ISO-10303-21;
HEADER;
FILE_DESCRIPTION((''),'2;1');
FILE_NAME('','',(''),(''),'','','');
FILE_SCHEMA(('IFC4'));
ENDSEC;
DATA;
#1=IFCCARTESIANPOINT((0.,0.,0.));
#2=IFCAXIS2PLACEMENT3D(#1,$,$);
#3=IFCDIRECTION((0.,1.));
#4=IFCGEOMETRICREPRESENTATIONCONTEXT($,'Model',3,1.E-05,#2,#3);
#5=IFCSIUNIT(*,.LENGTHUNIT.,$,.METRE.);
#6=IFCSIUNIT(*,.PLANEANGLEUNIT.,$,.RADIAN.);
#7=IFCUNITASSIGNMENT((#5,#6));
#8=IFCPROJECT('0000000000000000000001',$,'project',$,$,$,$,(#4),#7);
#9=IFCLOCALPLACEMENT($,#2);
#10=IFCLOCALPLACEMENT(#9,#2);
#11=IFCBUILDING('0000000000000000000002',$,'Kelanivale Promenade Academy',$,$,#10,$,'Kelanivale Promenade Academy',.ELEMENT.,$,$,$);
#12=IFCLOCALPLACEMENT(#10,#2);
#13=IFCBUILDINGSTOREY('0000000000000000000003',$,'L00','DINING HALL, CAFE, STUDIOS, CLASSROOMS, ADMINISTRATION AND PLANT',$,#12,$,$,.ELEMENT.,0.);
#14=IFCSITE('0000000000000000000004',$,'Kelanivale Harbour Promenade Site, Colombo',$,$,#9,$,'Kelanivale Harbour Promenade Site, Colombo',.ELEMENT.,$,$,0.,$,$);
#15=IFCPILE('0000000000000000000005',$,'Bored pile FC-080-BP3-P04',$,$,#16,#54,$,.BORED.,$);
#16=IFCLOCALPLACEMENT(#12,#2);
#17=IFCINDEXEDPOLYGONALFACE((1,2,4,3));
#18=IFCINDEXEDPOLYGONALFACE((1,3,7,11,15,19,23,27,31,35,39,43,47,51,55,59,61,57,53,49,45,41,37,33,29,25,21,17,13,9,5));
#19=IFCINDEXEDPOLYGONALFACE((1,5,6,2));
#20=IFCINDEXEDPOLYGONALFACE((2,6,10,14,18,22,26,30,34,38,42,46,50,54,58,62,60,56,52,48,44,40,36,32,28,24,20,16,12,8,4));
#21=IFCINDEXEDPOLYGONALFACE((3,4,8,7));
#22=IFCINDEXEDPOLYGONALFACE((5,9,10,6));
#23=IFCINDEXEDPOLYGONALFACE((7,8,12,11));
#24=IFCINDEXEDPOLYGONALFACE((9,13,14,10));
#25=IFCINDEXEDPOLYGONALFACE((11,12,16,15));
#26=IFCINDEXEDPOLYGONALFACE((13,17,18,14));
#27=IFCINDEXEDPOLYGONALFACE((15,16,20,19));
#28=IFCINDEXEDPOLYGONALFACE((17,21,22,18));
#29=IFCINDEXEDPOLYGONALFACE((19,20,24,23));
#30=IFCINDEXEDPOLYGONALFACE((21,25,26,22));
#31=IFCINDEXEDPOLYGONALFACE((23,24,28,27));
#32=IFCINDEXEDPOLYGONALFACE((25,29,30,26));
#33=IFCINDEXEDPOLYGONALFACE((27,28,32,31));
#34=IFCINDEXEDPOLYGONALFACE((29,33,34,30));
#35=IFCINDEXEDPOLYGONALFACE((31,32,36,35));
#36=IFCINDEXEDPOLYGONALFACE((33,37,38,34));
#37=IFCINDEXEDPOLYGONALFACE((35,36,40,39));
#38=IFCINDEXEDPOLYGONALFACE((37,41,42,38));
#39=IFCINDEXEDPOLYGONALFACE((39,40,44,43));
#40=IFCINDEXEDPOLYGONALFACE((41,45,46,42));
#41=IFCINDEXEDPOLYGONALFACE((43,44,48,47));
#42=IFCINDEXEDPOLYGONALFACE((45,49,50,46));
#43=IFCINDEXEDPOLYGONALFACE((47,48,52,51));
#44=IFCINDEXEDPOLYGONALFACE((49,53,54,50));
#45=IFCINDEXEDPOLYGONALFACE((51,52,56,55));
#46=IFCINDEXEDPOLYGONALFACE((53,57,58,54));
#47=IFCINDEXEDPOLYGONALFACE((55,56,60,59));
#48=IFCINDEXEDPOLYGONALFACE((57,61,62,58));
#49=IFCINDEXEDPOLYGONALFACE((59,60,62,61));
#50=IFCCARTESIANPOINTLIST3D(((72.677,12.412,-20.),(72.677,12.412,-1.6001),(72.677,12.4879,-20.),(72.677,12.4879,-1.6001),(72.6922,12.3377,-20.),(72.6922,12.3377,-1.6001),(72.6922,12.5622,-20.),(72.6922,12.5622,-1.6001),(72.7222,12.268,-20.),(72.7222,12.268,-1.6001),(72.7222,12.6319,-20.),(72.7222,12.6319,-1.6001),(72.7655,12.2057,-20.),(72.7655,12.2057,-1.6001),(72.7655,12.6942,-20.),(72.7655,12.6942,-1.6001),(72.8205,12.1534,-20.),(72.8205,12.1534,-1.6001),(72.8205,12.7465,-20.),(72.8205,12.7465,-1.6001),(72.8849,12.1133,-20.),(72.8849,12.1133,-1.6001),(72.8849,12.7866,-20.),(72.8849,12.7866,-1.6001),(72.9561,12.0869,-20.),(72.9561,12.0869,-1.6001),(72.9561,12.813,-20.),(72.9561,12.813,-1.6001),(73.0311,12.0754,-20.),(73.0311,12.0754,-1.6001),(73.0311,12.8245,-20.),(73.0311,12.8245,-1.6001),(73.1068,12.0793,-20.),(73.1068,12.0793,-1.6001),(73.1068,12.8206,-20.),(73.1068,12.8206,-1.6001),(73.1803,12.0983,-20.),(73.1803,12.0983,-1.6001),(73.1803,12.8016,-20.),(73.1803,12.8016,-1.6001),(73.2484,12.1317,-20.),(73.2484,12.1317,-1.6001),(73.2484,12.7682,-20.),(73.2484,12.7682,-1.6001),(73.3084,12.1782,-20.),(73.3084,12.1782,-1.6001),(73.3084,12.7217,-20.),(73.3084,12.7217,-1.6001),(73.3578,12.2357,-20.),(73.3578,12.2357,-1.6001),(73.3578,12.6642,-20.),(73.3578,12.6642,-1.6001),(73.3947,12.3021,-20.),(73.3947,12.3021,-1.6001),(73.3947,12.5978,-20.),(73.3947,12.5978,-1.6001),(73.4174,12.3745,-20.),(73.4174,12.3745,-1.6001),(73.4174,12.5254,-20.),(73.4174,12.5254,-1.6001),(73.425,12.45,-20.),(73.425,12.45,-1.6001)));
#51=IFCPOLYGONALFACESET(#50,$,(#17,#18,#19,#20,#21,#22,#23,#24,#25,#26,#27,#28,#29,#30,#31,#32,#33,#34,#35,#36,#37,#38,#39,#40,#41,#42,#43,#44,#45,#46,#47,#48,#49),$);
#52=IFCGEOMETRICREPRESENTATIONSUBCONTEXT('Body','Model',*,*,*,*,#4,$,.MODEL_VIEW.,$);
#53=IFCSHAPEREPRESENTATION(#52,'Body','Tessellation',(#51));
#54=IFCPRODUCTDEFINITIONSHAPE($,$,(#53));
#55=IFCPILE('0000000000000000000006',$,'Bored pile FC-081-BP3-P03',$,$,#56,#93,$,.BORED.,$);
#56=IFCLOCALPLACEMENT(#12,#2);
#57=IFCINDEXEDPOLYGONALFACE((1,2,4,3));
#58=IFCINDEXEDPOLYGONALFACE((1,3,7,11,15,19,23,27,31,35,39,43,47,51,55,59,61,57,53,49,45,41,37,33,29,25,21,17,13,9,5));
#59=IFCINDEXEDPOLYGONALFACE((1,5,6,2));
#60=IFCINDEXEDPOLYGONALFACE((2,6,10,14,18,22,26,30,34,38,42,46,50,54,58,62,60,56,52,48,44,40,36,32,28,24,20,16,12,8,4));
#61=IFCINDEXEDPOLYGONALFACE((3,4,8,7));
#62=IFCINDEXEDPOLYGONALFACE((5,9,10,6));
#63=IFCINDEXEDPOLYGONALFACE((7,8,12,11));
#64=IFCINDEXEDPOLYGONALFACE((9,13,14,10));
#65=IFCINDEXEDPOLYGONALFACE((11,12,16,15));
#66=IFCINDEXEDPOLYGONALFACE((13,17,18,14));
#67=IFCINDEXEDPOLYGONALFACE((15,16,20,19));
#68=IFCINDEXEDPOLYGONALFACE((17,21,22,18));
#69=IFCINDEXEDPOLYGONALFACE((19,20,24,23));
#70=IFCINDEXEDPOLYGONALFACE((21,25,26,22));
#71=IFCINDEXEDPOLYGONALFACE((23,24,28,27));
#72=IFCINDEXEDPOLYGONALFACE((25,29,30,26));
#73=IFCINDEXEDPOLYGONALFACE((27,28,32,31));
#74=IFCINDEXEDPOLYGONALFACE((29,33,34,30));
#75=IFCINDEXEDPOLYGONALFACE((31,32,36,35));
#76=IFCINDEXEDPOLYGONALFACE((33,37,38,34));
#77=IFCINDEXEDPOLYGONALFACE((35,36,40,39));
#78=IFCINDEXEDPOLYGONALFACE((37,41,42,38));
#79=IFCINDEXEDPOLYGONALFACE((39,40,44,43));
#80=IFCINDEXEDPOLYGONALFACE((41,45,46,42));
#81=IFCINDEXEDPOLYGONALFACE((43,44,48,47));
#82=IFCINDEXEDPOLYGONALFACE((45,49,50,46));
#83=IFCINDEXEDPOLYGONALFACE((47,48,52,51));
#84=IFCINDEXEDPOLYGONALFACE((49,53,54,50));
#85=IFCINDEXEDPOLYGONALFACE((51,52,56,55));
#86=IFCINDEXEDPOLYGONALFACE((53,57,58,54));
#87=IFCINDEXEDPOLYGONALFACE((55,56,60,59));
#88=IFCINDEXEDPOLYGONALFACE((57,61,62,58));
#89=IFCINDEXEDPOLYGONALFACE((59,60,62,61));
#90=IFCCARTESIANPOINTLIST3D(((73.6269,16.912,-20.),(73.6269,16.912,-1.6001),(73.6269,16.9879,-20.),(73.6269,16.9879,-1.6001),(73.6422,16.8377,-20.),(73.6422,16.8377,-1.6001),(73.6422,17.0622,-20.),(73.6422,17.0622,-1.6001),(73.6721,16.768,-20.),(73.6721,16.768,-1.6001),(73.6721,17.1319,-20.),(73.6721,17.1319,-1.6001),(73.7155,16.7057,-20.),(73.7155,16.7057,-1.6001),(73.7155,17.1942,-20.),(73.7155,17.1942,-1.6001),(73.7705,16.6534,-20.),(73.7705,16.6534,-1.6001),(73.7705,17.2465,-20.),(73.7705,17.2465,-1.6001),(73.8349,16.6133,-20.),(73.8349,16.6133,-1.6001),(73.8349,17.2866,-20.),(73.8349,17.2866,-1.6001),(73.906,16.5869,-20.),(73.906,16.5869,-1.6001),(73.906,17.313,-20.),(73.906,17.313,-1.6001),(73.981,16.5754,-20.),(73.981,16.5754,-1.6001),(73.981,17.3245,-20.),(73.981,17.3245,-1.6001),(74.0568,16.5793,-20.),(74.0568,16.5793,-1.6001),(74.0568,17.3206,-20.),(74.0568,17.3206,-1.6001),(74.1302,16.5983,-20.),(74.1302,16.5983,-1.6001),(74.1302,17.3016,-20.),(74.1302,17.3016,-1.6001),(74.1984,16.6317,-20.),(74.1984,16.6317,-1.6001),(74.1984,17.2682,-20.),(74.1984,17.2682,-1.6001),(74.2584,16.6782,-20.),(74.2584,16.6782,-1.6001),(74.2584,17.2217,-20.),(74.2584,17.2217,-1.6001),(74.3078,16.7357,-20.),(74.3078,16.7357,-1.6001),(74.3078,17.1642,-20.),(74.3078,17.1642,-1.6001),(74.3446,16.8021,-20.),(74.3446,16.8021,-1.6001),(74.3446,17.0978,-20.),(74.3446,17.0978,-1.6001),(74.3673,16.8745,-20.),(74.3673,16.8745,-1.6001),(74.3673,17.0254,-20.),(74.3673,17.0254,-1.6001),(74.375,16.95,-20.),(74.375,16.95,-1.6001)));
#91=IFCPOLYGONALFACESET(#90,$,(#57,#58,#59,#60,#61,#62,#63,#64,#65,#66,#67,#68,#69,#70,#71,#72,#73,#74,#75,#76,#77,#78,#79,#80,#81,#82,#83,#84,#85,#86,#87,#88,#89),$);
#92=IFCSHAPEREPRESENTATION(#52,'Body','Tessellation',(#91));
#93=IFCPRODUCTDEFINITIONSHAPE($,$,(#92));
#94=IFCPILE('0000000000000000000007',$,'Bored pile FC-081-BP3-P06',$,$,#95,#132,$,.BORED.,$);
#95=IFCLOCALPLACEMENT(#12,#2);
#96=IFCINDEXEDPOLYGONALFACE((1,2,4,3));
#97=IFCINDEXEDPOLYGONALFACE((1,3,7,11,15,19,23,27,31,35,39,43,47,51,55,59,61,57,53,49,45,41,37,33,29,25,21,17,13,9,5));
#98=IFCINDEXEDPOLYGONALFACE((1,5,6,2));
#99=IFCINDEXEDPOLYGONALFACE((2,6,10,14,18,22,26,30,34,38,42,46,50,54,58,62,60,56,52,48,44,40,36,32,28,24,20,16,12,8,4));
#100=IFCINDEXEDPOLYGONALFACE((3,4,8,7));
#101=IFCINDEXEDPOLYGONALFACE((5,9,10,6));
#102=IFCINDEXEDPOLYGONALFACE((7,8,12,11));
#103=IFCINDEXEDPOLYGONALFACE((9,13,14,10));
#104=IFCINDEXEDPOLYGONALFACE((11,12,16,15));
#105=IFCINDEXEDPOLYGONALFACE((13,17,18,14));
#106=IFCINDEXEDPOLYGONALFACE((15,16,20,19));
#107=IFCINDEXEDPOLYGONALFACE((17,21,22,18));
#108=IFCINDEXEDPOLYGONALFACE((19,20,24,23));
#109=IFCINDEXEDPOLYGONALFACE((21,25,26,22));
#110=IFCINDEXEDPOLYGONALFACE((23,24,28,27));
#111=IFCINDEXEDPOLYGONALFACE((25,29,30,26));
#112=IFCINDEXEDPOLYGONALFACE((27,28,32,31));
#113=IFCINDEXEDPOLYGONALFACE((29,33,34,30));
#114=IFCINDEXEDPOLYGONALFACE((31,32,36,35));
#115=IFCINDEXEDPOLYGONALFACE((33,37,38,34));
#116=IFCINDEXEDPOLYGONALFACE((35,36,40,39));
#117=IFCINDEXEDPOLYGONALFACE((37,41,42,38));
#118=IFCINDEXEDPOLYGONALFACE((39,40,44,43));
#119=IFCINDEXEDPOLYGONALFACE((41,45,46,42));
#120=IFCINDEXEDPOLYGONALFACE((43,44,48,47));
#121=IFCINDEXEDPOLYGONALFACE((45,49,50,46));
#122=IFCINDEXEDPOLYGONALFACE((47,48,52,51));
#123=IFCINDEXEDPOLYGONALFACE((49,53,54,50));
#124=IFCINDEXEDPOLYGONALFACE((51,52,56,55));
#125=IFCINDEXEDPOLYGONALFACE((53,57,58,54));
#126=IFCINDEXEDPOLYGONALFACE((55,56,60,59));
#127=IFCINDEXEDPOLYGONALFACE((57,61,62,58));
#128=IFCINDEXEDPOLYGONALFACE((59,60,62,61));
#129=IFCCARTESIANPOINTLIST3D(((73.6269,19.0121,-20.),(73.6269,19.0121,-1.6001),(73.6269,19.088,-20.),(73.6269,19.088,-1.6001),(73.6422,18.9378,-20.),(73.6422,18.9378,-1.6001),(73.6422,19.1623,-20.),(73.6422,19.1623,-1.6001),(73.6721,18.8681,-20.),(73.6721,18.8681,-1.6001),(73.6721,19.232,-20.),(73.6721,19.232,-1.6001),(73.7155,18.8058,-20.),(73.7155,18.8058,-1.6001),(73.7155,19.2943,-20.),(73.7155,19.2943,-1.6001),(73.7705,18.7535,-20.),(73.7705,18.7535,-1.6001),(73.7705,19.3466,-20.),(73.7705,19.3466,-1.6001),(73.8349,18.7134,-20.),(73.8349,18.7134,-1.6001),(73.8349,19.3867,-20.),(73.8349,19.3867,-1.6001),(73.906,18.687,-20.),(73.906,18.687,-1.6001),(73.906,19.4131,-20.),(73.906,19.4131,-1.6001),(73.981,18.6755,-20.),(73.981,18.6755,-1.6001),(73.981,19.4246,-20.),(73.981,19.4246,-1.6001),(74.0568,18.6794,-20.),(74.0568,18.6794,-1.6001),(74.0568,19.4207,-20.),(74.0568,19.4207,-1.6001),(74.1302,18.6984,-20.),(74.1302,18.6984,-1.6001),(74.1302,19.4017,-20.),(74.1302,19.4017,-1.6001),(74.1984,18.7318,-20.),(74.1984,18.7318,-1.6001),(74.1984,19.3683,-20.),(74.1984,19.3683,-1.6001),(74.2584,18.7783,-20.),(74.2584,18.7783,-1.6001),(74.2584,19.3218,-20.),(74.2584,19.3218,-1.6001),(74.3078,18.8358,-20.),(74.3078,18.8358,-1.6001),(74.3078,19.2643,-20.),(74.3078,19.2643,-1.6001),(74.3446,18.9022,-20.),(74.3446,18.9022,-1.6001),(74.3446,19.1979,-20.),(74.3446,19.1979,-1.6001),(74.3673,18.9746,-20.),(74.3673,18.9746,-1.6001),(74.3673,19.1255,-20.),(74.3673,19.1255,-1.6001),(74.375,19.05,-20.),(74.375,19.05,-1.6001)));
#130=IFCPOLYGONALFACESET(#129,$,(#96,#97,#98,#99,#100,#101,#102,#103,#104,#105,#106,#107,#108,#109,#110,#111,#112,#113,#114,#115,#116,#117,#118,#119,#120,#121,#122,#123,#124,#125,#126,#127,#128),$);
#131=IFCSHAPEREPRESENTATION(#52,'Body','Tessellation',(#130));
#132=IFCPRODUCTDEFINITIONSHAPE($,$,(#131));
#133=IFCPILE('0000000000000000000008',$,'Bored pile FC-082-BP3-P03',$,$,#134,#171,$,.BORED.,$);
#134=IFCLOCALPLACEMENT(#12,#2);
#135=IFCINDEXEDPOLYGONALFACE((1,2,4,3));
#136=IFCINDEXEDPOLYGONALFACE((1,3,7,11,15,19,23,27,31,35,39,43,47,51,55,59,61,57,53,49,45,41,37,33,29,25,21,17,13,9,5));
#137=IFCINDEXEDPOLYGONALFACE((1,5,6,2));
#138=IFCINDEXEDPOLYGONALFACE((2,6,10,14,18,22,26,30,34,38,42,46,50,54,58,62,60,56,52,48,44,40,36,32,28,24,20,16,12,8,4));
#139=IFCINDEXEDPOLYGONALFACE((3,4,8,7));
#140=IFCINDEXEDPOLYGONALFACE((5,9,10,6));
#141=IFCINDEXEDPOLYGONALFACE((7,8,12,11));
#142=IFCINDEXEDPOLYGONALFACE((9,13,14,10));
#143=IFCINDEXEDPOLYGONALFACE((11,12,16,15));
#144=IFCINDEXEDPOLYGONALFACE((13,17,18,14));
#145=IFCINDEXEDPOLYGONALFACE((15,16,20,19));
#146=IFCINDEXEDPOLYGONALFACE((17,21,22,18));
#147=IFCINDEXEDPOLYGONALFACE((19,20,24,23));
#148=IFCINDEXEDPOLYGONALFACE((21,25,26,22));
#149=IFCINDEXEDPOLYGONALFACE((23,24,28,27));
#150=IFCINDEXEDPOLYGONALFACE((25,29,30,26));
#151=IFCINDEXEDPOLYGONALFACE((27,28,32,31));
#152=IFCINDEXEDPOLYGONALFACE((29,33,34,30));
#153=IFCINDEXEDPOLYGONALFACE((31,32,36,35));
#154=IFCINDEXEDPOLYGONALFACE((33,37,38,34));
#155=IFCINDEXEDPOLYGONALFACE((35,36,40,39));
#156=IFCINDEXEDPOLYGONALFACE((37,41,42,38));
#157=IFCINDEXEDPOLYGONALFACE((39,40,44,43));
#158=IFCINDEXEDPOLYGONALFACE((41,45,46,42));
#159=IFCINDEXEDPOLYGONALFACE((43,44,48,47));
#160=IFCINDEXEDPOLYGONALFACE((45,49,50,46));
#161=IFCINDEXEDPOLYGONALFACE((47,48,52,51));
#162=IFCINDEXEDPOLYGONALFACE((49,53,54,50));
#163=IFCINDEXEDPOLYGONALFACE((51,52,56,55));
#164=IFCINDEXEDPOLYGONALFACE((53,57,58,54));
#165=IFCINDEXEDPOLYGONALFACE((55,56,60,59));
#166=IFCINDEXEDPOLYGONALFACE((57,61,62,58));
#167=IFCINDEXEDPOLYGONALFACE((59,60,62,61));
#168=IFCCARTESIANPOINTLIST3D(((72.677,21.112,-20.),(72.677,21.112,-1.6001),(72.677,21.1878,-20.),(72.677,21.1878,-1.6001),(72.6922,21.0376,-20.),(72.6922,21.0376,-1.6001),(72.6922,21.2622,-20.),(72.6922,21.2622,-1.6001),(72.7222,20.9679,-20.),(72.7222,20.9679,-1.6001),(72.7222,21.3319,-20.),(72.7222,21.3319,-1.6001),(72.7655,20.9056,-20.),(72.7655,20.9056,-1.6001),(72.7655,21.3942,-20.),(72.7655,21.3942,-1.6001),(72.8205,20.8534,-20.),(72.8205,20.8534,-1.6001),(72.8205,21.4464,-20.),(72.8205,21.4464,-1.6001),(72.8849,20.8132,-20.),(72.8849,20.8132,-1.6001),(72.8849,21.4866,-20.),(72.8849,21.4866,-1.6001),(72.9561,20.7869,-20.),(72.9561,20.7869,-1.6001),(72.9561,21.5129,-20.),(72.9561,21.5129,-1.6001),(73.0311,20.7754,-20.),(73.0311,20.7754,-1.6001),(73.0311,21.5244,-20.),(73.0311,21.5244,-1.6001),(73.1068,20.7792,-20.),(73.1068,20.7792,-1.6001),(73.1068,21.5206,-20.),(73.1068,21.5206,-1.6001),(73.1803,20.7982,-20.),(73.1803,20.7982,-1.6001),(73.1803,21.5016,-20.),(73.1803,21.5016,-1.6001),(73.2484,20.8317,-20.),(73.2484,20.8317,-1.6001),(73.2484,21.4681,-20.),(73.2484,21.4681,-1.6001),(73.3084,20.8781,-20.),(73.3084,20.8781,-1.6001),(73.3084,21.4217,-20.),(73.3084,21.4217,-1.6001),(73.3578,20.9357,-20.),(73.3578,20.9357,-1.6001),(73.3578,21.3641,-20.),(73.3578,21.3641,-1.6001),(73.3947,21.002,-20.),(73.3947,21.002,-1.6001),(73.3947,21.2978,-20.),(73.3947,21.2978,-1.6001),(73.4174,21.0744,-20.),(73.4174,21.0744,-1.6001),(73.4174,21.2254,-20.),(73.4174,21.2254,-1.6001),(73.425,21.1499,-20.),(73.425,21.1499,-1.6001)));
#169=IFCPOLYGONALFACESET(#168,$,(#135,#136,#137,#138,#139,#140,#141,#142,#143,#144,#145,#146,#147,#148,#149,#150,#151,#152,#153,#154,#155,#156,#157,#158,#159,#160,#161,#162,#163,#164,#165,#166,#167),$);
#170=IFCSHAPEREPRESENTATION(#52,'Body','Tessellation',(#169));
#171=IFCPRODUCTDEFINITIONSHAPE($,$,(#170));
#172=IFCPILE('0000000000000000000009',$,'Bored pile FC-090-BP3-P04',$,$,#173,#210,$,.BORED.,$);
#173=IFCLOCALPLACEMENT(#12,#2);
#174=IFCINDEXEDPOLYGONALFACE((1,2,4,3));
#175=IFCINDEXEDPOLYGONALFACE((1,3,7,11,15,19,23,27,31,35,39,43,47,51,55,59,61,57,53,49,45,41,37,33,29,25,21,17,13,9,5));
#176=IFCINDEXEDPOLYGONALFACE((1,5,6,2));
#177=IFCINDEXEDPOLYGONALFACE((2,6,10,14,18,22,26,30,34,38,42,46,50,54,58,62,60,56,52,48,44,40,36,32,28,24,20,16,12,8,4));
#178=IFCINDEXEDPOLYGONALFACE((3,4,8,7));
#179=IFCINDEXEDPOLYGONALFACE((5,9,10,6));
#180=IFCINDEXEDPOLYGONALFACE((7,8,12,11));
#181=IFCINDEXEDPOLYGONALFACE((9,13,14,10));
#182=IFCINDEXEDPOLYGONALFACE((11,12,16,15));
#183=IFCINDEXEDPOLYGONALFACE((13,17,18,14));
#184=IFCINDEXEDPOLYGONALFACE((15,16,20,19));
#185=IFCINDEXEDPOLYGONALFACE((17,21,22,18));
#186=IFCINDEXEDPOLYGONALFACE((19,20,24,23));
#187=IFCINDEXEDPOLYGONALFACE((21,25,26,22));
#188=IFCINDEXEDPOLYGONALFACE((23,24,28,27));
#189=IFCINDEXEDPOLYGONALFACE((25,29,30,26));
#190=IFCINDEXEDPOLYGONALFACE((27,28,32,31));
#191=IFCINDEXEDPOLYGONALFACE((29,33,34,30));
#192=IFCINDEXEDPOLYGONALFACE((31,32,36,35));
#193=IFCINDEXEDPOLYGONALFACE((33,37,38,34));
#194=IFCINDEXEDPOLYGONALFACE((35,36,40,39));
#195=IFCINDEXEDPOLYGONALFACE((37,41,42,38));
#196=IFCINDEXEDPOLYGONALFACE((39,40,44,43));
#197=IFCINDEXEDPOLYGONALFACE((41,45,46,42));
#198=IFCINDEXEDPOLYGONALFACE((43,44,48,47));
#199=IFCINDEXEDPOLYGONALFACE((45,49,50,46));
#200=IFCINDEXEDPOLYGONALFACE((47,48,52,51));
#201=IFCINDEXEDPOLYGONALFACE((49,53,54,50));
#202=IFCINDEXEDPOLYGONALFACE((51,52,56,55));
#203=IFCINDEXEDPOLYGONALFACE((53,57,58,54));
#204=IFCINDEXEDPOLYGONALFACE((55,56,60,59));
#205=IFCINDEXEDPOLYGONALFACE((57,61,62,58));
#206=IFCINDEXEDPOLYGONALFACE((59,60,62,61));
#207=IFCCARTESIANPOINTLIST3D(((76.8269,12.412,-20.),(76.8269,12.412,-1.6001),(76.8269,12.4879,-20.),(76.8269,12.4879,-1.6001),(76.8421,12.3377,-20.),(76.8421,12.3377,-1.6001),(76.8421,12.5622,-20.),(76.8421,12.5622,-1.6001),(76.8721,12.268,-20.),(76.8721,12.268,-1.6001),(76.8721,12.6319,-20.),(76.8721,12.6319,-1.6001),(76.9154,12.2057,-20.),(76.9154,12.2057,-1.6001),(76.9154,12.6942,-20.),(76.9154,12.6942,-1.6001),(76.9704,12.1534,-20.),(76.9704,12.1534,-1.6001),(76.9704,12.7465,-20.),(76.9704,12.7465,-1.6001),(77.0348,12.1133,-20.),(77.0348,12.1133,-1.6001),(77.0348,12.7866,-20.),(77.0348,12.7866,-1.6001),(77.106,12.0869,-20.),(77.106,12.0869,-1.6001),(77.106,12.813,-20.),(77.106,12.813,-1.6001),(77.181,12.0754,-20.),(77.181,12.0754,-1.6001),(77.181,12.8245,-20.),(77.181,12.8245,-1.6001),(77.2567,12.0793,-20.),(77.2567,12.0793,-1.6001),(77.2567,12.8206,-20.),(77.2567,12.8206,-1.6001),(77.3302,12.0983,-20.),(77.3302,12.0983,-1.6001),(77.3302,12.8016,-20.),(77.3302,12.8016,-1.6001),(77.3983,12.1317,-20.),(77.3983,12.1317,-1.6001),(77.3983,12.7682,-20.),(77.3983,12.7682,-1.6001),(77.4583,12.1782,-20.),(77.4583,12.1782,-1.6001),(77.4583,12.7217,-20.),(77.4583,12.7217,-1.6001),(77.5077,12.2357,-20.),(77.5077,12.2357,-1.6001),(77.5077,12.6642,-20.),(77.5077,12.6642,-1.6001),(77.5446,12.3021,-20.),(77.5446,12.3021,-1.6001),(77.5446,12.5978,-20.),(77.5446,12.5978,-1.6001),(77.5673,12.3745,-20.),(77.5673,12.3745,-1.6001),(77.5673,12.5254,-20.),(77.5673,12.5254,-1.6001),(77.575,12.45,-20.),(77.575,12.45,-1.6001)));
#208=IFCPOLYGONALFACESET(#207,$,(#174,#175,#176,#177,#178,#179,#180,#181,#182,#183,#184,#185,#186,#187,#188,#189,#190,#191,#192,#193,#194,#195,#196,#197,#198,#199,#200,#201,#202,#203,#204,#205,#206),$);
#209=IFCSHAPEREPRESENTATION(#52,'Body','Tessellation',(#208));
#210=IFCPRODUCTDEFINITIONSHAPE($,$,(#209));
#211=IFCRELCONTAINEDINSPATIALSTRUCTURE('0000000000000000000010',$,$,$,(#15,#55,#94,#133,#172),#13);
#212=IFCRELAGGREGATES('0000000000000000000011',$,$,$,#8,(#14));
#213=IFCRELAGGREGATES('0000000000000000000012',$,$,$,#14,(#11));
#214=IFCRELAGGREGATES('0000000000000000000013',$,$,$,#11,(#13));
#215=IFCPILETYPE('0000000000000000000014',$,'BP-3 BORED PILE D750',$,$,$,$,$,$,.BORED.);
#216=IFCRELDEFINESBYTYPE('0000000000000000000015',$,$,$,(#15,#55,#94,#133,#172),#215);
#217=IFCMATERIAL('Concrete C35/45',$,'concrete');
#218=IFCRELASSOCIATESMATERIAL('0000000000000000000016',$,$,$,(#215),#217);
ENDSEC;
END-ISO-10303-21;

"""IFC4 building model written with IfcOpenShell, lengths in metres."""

from ifc_helpers import new_model, si_unit, direction, frame, origin, origin_2d, place, context, subcontext, project, spatial, circle, extrude, material, material_profile, profile_set, type_object, element, save


model = new_model("IFC4")

# Units and contexts
model_context = context("Model", 3, precision=1e-05, world=origin(), true_north=direction((0.0, 1.0)))
body_context = subcontext(model_context, "Body", "Model", "MODEL_VIEW")
ifc_project = project(units=[si_unit("LENGTHUNIT", "METRE"), si_unit("PLANEANGLEUNIT", "RADIAN")], contexts=[model_context])

# Site, building, storey
site_placement = place(None, origin())
site = spatial("IfcSite", under=ifc_project, at=site_placement, Name="Kelanivale Harbour Promenade Site, Colombo", LongName="Kelanivale Harbour Promenade Site, Colombo", CompositionType="ELEMENT", RefElevation=0.0)
building_placement = place(site_placement, origin())
building = spatial("IfcBuilding", under=site, at=building_placement, Name="Kelanivale Promenade Academy", LongName="Kelanivale Promenade Academy", CompositionType="ELEMENT")
storey_placement = place(building_placement, origin())
storey = spatial("IfcBuildingStorey", under=building, at=storey_placement, Name="L00", Description="DINING HALL, CAFE, STUDIOS, CLASSROOMS, ADMINISTRATION AND PLANT", CompositionType="ELEMENT", Elevation=0.0)

# Piles
ifc_material_1 = material(Name="Concrete C35/45", Category="concrete")
ifc_material_profile_1 = material_profile(ifc_material_1, circle(Radius=0.375, at=origin_2d()), Name="BORED PILE D750")
ifc_profile_set_1 = profile_set([ifc_material_profile_1], Name="Concrete C35/45")
pile_type = type_object("IfcPileType", Name="BP-3 BORED PILE D750", PredefinedType="BORED", material=ifc_profile_set_1)
for number, where, z_axis, x_axis, name in (
    (1, (73.05, 12.45, -1.6001), (0.0, 0.0, -1.0), (1.0, 0.0, 0.0), "Bored pile FC-080-BP3-P04"),
    (2, (74.0, 16.95, -1.6001), (0.0, 0.0, -1.0), (1.0, 0.0, 0.0), "Bored pile FC-081-BP3-P03"),
    (3, (74.0, 19.05, -1.6001), (0.0, 0.0, -1.0), (1.0, 0.0, 0.0), "Bored pile FC-081-BP3-P06"),
    (4, (73.05, 21.1499, -1.6001), (0.0, 0.0, -1.0), (1.0, 0.0, 0.0), "Bored pile FC-082-BP3-P03"),
    (5, (77.2, 12.45, -1.6001), (0.0, 0.0, -1.0), (1.0, 0.0, 0.0), "Bored pile FC-090-BP3-P04"),
):
    element("IfcPile", number, at=place(storey_placement, frame(where, z_axis=z_axis, x_axis=x_axis)), inside=storey, type_object=pile_type, Name=name, PredefinedType="BORED", context=body_context, shape_type="SweptSolid", body=[
        extrude(circle(Radius=0.375, at=origin_2d()), origin(), (0.0, 0.0, 1.0), 18.3999),
    ])

save(model, "model.ifc")
